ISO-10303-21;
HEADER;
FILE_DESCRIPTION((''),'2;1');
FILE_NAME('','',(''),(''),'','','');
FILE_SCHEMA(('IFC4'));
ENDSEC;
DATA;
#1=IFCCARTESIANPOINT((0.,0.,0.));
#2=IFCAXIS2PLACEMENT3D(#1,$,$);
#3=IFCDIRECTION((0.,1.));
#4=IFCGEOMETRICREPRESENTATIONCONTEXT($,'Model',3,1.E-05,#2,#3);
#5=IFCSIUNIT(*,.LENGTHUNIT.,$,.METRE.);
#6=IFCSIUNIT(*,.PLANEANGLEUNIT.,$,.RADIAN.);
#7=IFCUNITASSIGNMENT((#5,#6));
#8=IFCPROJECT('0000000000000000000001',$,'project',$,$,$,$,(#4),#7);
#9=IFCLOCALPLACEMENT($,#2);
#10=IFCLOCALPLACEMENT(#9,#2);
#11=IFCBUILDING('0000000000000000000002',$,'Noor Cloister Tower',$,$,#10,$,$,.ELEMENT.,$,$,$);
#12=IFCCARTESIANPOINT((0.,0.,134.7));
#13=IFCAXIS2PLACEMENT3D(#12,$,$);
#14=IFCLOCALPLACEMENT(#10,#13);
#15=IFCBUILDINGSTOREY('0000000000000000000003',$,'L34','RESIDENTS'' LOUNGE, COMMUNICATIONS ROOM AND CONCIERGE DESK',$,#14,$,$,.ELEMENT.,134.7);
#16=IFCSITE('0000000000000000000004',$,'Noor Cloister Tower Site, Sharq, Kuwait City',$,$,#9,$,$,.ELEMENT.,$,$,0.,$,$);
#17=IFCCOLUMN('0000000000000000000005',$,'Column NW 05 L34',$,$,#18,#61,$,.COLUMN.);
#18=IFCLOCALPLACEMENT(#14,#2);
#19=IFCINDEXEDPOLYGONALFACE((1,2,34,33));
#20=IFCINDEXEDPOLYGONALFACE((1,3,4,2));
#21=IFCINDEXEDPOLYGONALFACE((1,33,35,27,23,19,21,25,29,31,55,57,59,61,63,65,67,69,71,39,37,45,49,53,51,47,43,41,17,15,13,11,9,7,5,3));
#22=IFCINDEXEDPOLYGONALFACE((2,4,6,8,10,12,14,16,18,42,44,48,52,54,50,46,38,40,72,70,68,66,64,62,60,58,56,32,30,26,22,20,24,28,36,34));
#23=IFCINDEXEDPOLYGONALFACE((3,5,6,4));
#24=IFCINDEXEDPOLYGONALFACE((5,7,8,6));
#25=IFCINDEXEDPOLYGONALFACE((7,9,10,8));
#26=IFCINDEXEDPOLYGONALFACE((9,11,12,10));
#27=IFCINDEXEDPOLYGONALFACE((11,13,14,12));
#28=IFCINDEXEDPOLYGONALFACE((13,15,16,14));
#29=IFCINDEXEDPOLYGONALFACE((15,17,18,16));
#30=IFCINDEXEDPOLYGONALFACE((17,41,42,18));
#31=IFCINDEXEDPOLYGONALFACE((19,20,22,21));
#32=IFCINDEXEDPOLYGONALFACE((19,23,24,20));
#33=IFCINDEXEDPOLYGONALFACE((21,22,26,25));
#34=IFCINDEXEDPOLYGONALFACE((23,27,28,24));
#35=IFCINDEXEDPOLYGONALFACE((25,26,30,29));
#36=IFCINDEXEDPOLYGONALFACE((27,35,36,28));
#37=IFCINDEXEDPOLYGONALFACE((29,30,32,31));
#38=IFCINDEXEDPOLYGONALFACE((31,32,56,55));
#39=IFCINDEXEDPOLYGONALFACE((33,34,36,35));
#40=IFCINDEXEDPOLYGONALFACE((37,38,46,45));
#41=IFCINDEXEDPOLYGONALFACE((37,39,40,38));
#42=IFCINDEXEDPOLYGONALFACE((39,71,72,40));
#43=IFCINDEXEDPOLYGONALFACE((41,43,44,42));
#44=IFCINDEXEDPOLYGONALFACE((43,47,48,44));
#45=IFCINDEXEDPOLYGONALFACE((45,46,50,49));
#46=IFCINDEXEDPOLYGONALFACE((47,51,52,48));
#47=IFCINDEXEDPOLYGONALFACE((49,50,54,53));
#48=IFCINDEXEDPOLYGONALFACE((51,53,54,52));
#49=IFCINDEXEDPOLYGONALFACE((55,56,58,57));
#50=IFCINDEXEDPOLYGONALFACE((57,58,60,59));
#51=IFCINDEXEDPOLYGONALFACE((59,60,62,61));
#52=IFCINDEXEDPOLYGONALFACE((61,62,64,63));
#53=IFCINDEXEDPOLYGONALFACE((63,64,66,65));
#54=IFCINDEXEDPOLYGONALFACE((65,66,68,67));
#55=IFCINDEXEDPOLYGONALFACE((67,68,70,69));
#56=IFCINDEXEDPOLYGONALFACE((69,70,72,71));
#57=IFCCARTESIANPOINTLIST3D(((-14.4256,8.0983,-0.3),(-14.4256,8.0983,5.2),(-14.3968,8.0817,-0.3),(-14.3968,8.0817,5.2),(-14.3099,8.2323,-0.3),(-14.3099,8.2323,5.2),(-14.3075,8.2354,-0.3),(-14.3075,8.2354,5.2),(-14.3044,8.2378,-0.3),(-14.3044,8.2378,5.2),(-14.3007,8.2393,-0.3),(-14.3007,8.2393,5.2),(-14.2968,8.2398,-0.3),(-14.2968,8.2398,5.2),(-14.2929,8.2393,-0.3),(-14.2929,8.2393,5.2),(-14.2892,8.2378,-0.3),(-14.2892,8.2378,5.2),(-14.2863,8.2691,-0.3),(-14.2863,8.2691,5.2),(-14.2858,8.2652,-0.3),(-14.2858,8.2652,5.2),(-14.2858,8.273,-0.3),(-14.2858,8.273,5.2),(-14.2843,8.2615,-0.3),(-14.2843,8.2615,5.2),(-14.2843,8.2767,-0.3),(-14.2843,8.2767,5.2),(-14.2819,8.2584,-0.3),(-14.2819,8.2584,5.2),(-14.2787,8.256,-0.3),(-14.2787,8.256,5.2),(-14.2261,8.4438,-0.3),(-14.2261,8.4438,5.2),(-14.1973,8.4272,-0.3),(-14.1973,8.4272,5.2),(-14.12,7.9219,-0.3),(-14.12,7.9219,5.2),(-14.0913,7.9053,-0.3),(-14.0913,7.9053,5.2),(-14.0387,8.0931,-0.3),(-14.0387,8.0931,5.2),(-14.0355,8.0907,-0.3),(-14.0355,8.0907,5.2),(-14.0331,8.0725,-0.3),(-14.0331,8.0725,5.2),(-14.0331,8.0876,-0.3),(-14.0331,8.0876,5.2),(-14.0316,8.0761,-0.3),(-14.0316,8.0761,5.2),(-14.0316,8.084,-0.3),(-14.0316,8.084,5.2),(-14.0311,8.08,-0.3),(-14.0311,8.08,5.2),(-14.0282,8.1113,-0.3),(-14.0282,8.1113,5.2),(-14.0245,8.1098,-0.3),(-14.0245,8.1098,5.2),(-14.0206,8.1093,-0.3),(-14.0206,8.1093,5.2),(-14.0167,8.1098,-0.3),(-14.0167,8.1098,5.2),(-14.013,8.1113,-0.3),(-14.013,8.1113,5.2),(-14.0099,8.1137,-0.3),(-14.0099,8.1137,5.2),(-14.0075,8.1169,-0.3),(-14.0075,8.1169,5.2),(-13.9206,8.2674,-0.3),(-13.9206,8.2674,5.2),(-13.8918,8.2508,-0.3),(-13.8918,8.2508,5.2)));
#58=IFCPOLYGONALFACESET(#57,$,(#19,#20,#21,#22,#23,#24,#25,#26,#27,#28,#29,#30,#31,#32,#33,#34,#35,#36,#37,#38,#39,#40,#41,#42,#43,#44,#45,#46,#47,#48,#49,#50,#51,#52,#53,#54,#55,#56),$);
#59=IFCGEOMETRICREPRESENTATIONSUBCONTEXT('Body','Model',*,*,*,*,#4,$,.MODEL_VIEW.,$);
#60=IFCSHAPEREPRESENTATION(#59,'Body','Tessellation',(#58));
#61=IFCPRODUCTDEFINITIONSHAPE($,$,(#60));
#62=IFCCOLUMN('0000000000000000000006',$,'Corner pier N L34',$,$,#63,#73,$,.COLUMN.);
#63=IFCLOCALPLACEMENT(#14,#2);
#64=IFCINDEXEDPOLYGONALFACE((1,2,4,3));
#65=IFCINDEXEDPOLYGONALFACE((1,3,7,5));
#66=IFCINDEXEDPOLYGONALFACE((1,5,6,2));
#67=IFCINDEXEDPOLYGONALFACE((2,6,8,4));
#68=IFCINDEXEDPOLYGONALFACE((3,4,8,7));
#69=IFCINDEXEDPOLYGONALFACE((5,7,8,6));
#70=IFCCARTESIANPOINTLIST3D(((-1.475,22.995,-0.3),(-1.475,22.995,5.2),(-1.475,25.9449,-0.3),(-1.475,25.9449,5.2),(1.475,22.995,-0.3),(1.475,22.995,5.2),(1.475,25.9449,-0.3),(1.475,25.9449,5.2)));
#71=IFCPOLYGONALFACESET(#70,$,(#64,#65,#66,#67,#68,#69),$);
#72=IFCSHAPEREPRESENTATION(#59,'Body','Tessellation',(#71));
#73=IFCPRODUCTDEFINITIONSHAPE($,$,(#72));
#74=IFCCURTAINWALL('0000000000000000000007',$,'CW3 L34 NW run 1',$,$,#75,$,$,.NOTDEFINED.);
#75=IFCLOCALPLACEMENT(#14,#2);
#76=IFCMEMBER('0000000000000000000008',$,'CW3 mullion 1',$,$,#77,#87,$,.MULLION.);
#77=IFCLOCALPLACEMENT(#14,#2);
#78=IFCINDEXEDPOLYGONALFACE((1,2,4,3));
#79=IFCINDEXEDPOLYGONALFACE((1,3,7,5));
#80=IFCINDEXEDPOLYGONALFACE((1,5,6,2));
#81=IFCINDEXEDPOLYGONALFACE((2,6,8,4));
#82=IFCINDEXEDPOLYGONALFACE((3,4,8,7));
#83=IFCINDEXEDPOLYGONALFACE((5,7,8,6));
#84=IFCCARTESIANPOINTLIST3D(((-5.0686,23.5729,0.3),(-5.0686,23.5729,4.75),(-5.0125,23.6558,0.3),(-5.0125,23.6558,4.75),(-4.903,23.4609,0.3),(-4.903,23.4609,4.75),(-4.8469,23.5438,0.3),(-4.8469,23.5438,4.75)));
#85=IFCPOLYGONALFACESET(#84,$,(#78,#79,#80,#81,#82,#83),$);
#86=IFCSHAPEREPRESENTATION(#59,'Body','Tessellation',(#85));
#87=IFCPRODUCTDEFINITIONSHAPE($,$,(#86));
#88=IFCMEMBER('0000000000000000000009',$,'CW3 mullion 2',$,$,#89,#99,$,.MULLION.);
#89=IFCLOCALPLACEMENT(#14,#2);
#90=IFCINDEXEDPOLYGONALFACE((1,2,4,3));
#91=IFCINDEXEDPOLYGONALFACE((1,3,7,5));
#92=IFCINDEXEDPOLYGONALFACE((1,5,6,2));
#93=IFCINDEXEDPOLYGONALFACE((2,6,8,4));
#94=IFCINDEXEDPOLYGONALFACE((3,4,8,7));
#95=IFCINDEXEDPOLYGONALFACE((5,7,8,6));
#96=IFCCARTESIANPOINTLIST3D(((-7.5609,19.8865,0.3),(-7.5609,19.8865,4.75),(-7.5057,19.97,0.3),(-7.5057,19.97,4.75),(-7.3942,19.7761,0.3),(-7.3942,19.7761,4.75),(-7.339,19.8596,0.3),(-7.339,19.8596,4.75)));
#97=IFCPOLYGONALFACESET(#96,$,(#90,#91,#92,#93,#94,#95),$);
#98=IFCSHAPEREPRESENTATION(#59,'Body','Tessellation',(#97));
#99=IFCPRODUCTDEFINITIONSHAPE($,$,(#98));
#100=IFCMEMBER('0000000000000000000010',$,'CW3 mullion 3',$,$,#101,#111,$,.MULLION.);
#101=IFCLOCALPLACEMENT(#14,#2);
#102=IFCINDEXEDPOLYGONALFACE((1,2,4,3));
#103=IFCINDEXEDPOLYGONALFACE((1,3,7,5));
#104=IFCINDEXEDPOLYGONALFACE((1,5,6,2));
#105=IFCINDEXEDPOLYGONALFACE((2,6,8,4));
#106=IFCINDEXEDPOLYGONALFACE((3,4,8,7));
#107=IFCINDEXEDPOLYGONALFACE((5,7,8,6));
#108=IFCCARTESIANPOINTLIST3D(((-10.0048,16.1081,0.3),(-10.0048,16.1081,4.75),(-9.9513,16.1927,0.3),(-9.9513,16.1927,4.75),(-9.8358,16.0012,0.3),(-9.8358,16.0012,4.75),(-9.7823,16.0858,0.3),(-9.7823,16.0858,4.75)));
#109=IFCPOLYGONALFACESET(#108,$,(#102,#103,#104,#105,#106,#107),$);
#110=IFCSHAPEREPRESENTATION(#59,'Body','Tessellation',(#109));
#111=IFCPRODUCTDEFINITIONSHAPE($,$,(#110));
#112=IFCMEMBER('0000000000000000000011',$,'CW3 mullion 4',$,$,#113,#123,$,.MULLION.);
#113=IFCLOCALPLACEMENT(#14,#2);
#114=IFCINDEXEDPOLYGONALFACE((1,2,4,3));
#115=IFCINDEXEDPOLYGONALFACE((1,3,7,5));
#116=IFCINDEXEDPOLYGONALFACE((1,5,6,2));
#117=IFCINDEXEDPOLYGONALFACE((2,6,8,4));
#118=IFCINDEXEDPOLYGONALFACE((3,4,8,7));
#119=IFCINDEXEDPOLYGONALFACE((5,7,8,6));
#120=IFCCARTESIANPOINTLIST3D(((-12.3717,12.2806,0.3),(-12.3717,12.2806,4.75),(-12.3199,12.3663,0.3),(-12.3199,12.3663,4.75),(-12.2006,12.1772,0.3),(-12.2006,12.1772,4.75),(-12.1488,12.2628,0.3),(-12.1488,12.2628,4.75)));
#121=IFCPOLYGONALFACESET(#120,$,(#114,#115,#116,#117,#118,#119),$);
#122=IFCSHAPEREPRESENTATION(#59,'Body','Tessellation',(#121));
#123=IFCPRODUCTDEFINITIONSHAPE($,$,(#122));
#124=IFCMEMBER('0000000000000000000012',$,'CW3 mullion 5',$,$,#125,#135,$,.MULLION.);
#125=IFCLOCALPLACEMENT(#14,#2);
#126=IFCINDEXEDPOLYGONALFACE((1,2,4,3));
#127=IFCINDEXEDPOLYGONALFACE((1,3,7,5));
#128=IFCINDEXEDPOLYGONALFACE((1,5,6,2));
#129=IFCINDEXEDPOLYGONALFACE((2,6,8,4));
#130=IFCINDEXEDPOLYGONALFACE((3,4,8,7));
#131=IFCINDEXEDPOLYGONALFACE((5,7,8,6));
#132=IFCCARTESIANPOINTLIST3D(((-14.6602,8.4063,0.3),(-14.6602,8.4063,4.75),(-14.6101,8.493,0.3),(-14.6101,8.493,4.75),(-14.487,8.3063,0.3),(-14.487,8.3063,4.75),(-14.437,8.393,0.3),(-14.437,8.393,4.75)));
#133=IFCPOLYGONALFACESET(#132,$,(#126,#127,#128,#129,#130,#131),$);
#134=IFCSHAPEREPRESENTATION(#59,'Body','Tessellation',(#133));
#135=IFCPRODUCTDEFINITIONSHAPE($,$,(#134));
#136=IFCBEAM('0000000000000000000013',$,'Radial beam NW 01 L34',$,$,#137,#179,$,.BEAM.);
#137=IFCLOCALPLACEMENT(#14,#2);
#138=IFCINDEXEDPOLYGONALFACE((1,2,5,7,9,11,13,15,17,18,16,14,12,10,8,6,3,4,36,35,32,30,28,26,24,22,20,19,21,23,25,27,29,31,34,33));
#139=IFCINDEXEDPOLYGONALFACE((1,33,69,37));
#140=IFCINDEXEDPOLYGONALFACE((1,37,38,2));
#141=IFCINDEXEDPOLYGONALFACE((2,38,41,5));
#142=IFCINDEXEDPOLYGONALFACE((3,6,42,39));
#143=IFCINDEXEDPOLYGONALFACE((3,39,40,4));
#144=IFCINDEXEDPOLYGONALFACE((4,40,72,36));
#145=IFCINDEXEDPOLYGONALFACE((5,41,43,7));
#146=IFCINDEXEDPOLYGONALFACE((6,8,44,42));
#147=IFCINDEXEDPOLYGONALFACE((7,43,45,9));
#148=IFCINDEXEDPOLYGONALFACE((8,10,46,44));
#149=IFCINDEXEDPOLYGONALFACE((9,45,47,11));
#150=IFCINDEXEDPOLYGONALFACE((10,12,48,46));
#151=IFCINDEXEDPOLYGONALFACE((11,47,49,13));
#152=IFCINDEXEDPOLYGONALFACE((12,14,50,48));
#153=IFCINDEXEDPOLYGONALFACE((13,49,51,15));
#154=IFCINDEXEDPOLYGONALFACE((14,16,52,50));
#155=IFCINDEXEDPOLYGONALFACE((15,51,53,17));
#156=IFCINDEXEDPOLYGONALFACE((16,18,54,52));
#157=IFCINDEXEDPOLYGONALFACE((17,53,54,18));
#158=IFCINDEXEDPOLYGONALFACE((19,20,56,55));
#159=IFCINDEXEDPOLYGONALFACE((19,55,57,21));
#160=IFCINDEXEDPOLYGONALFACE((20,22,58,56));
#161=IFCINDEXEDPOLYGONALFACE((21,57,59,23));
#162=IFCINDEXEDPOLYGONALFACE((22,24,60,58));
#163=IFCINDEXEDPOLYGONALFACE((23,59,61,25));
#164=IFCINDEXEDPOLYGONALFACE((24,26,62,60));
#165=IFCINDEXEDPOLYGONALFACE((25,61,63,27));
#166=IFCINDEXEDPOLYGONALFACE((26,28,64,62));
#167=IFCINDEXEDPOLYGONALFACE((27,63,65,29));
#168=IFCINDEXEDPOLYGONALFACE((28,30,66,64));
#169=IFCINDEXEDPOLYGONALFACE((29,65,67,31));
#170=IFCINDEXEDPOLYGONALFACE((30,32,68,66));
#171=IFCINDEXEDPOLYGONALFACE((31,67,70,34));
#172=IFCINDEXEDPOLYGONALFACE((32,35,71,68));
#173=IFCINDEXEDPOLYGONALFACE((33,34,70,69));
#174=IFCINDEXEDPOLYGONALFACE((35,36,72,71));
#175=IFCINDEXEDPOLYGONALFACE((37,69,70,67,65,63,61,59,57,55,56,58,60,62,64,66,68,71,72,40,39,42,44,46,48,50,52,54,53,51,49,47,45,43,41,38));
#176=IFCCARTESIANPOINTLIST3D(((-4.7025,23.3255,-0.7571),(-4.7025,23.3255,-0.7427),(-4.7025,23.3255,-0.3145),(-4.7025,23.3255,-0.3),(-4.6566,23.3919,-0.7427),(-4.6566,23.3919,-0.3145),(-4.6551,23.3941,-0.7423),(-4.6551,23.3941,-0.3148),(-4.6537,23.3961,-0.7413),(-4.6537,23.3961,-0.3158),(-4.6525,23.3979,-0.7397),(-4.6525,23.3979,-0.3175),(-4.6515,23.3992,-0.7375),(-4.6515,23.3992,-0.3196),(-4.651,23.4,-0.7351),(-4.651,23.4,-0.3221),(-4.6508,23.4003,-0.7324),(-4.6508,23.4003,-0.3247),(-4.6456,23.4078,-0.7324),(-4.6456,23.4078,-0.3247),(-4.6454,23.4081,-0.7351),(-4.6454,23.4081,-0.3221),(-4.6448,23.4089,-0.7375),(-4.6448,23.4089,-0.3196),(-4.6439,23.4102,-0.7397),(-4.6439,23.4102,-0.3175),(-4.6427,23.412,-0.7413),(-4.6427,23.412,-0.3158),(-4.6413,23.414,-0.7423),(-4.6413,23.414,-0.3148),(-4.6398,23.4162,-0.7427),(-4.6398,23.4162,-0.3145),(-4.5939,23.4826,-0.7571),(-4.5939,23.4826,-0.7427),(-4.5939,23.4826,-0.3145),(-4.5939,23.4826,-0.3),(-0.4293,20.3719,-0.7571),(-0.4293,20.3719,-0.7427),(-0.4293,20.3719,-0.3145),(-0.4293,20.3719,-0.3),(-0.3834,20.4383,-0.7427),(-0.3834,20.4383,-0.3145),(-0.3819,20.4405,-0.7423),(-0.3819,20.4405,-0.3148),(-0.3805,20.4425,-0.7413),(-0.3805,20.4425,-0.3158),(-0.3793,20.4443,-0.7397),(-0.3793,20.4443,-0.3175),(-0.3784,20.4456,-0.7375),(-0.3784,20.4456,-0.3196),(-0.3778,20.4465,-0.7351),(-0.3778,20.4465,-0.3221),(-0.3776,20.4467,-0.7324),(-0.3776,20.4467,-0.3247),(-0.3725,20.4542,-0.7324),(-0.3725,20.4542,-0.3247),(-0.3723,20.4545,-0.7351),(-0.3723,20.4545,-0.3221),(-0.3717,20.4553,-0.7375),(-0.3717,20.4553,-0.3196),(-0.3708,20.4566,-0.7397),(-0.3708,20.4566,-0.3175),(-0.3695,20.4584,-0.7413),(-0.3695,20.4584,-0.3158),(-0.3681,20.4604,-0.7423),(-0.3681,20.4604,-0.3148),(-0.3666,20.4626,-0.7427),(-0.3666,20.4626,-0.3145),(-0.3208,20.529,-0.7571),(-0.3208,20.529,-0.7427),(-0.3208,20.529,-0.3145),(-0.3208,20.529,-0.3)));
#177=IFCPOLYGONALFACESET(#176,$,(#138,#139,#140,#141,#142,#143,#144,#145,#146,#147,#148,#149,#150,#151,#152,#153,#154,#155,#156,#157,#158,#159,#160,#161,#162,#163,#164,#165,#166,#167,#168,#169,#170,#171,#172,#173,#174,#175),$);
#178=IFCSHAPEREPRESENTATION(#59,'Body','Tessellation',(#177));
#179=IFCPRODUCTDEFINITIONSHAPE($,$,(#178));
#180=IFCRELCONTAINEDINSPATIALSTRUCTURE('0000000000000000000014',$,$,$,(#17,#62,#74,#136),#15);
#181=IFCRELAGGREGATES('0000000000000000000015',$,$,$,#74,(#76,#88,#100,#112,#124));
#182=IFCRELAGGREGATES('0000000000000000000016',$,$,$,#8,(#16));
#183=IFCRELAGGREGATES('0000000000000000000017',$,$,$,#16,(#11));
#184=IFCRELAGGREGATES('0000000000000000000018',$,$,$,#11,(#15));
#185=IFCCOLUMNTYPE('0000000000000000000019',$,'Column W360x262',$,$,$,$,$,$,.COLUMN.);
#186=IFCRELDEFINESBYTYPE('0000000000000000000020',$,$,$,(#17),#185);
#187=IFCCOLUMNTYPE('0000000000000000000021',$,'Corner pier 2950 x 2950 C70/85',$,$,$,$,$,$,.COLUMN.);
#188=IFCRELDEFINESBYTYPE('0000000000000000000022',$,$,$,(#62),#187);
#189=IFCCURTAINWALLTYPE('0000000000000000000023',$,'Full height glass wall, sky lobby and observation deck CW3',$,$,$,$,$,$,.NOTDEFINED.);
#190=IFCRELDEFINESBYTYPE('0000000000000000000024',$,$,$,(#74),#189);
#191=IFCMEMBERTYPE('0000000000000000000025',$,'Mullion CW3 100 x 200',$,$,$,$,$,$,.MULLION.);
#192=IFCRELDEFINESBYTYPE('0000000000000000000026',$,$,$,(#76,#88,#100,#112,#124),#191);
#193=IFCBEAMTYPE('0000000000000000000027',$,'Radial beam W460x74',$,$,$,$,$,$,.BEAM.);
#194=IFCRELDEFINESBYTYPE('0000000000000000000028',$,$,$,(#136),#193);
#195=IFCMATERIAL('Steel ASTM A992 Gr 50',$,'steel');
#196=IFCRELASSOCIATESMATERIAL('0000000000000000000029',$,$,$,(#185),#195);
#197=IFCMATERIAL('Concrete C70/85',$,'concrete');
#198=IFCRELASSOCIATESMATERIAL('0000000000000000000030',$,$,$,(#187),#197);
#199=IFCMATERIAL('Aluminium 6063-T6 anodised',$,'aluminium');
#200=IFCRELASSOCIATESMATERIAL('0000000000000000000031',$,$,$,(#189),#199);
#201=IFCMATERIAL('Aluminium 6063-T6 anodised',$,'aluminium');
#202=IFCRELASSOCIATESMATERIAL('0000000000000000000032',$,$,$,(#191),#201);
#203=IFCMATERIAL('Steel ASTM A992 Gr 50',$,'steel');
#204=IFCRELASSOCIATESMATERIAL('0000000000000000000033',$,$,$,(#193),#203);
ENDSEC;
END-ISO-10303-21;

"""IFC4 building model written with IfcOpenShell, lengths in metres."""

from ifc_helpers import new_model, si_unit, direction, frame, origin, origin_2d, place, context, subcontext, project, spatial, rectangle, i_section, extrude, material, material_profile, profile_set, type_object, element, aggregate, save


model = new_model("IFC4")

# Units and contexts
model_context = context("Model", 3, precision=1e-05, world=origin(), true_north=direction((0.0, 1.0)))
body_context = subcontext(model_context, "Body", "Model", "MODEL_VIEW")
ifc_project = project(units=[si_unit("LENGTHUNIT", "METRE"), si_unit("PLANEANGLEUNIT", "RADIAN")], contexts=[model_context])

# Site, building, storey
site_placement = place(None, origin())
site = spatial("IfcSite", under=ifc_project, at=site_placement, Name="Noor Cloister Tower Site, Sharq, Kuwait City", CompositionType="ELEMENT", RefElevation=0.0)
building_placement = place(site_placement, origin())
building = spatial("IfcBuilding", under=site, at=building_placement, Name="Noor Cloister Tower", CompositionType="ELEMENT")
storey_placement = place(building_placement, frame((0.0, 0.0, 134.7)))
storey = spatial("IfcBuildingStorey", under=building, at=storey_placement, Name="L34", Description="RESIDENTS' LOUNGE, COMMUNICATIONS ROOM AND CONCIERGE DESK", CompositionType="ELEMENT", Elevation=134.7)

# Columns
ifc_material_1 = material(Name="Steel ASTM A992 Gr 50", Category="steel")
ifc_material_profile_1 = material_profile(ifc_material_1, i_section(OverallWidth=0.3989, OverallDepth=0.386, WebThickness=0.021, FlangeThickness=0.0332, FilletRadius=0.0151, at=origin_2d()), Name="W360x262")
ifc_profile_set_1 = profile_set([ifc_material_profile_1], Name="Steel ASTM A992 Gr 50")
column_type_1 = type_object("IfcColumnType", Name="Column W360x262", PredefinedType="COLUMN", material=ifc_profile_set_1)
for number, where, z_axis, x_axis, name in (
    (1, (-14.1587, 8.1746, -0.3), (0.0, 0.0, 1.0), (-0.5, -0.866025, 0.0), "Column NW 05 L34"),
):
    element("IfcColumn", number, at=place(storey_placement, frame(where, z_axis=z_axis, x_axis=x_axis)), inside=storey, type_object=column_type_1, Name=name, PredefinedType="COLUMN", context=body_context, shape_type="SweptSolid", body=[
        extrude(i_section(OverallWidth=0.3989, OverallDepth=0.386, WebThickness=0.021, FlangeThickness=0.0332, FilletRadius=0.0151, at=origin_2d()), origin(), (0.0, 0.0, 1.0), 5.5),
    ])
ifc_material_2 = material(Name="Concrete C70/85", Category="concrete")
ifc_material_profile_2 = material_profile(ifc_material_2, rectangle(XDim=2.95, YDim=2.95, at=origin_2d()), Name="RC 2950x2950")
ifc_profile_set_2 = profile_set([ifc_material_profile_2], Name="Concrete C70/85")
column_type_2 = type_object("IfcColumnType", Name="Corner pier 2950 x 2950 C70/85", PredefinedType="COLUMN", material=ifc_profile_set_2)
column_placement = place(storey_placement, frame((0.0, 24.47, -0.3), z_axis=(0.0, 0.0, 1.0), x_axis=(0.0, 1.0, 0.0)))
element("IfcColumn", 2, at=column_placement, inside=storey, type_object=column_type_2, Name="Corner pier N L34", PredefinedType="COLUMN", context=body_context, shape_type="SweptSolid", body=[
    extrude(rectangle(XDim=2.95, YDim=2.95, at=origin_2d()), origin(), (0.0, 0.0, 1.0), 5.5),
])

# Curtain wall, members
ifc_material_3 = material(Name="Aluminium 6063-T6 anodised", Category="aluminium")
curtain_wall_type = type_object("IfcCurtainWallType", Name="Full height glass wall, sky lobby and observation deck CW3", PredefinedType="NOTDEFINED", material=ifc_material_3)
curtain_wall_placement = place(storey_placement, origin())
curtain_wall = element("IfcCurtainWall", 3, at=curtain_wall_placement, inside=storey, type_object=curtain_wall_type, Name="CW3 L34 NW run 1", PredefinedType="NOTDEFINED")
ifc_material_4 = material(Name="Aluminium 6063-T6 anodised", Category="aluminium")
ifc_material_profile_3 = material_profile(ifc_material_4, rectangle(XDim=0.2, YDim=0.1001, at=origin_2d()), Name="200 x 100 mullion")
ifc_profile_set_3 = profile_set([ifc_material_profile_3], Name="Aluminium 6063-T6 anodised")
member_type = type_object("IfcMemberType", Name="Mullion CW3 100 x 200", PredefinedType="MULLION", material=ifc_profile_set_3)
member_1_placement = place(storey_placement, frame((-4.9578, 23.5583, 0.3), z_axis=(0.0, 0.0, 1.0), x_axis=(0.828356, -0.560203, 0.0)))
member_1 = element("IfcMember", 4, at=member_1_placement, type_object=member_type, Name="CW3 mullion 1", PredefinedType="MULLION", context=body_context, shape_type="SweptSolid", body=[
    extrude(rectangle(XDim=0.2, YDim=0.1001, at=origin_2d()), origin(), (0.0, 0.0, 1.0), 4.45),
])
member_2_placement = place(storey_placement, frame((-7.45, 19.873, 0.3), z_axis=(0.0, 0.0, 1.0), x_axis=(0.833997, -0.551768, 0.0)))
member_2 = element("IfcMember", 5, at=member_2_placement, type_object=member_type, Name="CW3 mullion 2", PredefinedType="MULLION", context=body_context, shape_type="SweptSolid", body=[
    extrude(rectangle(XDim=0.2, YDim=0.1001, at=origin_2d()), origin(), (0.0, 0.0, 1.0), 4.45),
])
member_3_placement = place(storey_placement, frame((-9.8936, 16.0969, 0.3), z_axis=(0.0, 0.0, 1.0), x_axis=(0.845023, -0.53473, 0.0)))
member_3 = element("IfcMember", 6, at=member_3_placement, type_object=member_type, Name="CW3 mullion 3", PredefinedType="MULLION", context=body_context, shape_type="SweptSolid", body=[
    extrude(rectangle(XDim=0.2, YDim=0.1001, at=origin_2d()), origin(), (0.0, 0.0, 1.0), 4.45),
])
member_4_placement = place(storey_placement, frame((-12.2603, 12.2717, 0.3), z_axis=(0.0, 0.0, 1.0), x_axis=(0.8557, -0.517472, 0.0)))
member_4 = element("IfcMember", 7, at=member_4_placement, type_object=member_type, Name="CW3 mullion 4", PredefinedType="MULLION", context=body_context, shape_type="SweptSolid", body=[
    extrude(rectangle(XDim=0.2, YDim=0.1001, at=origin_2d()), origin(), (0.0, 0.0, 1.0), 4.45),
])
member_5_placement = place(storey_placement, frame((-14.5486, 8.3997, 0.3), z_axis=(0.0, 0.0, 1.0), x_axis=(0.866025, -0.5, 0.0)))
member_5 = element("IfcMember", 8, at=member_5_placement, type_object=member_type, Name="CW3 mullion 5", PredefinedType="MULLION", context=body_context, shape_type="SweptSolid", body=[
    extrude(rectangle(XDim=0.2, YDim=0.1001, at=origin_2d()), origin(), (0.0, 0.0, 1.0), 4.45),
])

# Beam
ifc_material_5 = material(Name="Steel ASTM A992 Gr 50", Category="steel")
ifc_material_profile_4 = material_profile(ifc_material_5, i_section(OverallWidth=0.1909, OverallDepth=0.457, WebThickness=0.009, FlangeThickness=0.0144, FilletRadius=0.0103, at=origin_2d()), Name="W460x74")
ifc_profile_set_4 = profile_set([ifc_material_profile_4], Name="Steel ASTM A992 Gr 50")
beam_type_1 = type_object("IfcBeamType", Name="Radial beam W460x74", PredefinedType="BEAM", material=ifc_profile_set_4)
beam_1_placement = place(storey_placement, frame((-4.6482, 23.4041, -0.5286), z_axis=(0.82262, -0.568592, 0.0), x_axis=(0.568592, 0.82262, 0.0)))
element("IfcBeam", 9, at=beam_1_placement, inside=storey, type_object=beam_type_1, Name="Radial beam NW 01 L34", PredefinedType="BEAM", context=body_context, shape_type="SweptSolid", body=[
    extrude(i_section(OverallWidth=0.1909, OverallDepth=0.457, WebThickness=0.009, FlangeThickness=0.0144, FilletRadius=0.0103, at=origin_2d()), origin(), (0.0, 0.0, 1.0), 5.1946),
])

aggregate(curtain_wall, [member_1, member_2, member_3, member_4, member_5])

save(model, "model.ifc")
